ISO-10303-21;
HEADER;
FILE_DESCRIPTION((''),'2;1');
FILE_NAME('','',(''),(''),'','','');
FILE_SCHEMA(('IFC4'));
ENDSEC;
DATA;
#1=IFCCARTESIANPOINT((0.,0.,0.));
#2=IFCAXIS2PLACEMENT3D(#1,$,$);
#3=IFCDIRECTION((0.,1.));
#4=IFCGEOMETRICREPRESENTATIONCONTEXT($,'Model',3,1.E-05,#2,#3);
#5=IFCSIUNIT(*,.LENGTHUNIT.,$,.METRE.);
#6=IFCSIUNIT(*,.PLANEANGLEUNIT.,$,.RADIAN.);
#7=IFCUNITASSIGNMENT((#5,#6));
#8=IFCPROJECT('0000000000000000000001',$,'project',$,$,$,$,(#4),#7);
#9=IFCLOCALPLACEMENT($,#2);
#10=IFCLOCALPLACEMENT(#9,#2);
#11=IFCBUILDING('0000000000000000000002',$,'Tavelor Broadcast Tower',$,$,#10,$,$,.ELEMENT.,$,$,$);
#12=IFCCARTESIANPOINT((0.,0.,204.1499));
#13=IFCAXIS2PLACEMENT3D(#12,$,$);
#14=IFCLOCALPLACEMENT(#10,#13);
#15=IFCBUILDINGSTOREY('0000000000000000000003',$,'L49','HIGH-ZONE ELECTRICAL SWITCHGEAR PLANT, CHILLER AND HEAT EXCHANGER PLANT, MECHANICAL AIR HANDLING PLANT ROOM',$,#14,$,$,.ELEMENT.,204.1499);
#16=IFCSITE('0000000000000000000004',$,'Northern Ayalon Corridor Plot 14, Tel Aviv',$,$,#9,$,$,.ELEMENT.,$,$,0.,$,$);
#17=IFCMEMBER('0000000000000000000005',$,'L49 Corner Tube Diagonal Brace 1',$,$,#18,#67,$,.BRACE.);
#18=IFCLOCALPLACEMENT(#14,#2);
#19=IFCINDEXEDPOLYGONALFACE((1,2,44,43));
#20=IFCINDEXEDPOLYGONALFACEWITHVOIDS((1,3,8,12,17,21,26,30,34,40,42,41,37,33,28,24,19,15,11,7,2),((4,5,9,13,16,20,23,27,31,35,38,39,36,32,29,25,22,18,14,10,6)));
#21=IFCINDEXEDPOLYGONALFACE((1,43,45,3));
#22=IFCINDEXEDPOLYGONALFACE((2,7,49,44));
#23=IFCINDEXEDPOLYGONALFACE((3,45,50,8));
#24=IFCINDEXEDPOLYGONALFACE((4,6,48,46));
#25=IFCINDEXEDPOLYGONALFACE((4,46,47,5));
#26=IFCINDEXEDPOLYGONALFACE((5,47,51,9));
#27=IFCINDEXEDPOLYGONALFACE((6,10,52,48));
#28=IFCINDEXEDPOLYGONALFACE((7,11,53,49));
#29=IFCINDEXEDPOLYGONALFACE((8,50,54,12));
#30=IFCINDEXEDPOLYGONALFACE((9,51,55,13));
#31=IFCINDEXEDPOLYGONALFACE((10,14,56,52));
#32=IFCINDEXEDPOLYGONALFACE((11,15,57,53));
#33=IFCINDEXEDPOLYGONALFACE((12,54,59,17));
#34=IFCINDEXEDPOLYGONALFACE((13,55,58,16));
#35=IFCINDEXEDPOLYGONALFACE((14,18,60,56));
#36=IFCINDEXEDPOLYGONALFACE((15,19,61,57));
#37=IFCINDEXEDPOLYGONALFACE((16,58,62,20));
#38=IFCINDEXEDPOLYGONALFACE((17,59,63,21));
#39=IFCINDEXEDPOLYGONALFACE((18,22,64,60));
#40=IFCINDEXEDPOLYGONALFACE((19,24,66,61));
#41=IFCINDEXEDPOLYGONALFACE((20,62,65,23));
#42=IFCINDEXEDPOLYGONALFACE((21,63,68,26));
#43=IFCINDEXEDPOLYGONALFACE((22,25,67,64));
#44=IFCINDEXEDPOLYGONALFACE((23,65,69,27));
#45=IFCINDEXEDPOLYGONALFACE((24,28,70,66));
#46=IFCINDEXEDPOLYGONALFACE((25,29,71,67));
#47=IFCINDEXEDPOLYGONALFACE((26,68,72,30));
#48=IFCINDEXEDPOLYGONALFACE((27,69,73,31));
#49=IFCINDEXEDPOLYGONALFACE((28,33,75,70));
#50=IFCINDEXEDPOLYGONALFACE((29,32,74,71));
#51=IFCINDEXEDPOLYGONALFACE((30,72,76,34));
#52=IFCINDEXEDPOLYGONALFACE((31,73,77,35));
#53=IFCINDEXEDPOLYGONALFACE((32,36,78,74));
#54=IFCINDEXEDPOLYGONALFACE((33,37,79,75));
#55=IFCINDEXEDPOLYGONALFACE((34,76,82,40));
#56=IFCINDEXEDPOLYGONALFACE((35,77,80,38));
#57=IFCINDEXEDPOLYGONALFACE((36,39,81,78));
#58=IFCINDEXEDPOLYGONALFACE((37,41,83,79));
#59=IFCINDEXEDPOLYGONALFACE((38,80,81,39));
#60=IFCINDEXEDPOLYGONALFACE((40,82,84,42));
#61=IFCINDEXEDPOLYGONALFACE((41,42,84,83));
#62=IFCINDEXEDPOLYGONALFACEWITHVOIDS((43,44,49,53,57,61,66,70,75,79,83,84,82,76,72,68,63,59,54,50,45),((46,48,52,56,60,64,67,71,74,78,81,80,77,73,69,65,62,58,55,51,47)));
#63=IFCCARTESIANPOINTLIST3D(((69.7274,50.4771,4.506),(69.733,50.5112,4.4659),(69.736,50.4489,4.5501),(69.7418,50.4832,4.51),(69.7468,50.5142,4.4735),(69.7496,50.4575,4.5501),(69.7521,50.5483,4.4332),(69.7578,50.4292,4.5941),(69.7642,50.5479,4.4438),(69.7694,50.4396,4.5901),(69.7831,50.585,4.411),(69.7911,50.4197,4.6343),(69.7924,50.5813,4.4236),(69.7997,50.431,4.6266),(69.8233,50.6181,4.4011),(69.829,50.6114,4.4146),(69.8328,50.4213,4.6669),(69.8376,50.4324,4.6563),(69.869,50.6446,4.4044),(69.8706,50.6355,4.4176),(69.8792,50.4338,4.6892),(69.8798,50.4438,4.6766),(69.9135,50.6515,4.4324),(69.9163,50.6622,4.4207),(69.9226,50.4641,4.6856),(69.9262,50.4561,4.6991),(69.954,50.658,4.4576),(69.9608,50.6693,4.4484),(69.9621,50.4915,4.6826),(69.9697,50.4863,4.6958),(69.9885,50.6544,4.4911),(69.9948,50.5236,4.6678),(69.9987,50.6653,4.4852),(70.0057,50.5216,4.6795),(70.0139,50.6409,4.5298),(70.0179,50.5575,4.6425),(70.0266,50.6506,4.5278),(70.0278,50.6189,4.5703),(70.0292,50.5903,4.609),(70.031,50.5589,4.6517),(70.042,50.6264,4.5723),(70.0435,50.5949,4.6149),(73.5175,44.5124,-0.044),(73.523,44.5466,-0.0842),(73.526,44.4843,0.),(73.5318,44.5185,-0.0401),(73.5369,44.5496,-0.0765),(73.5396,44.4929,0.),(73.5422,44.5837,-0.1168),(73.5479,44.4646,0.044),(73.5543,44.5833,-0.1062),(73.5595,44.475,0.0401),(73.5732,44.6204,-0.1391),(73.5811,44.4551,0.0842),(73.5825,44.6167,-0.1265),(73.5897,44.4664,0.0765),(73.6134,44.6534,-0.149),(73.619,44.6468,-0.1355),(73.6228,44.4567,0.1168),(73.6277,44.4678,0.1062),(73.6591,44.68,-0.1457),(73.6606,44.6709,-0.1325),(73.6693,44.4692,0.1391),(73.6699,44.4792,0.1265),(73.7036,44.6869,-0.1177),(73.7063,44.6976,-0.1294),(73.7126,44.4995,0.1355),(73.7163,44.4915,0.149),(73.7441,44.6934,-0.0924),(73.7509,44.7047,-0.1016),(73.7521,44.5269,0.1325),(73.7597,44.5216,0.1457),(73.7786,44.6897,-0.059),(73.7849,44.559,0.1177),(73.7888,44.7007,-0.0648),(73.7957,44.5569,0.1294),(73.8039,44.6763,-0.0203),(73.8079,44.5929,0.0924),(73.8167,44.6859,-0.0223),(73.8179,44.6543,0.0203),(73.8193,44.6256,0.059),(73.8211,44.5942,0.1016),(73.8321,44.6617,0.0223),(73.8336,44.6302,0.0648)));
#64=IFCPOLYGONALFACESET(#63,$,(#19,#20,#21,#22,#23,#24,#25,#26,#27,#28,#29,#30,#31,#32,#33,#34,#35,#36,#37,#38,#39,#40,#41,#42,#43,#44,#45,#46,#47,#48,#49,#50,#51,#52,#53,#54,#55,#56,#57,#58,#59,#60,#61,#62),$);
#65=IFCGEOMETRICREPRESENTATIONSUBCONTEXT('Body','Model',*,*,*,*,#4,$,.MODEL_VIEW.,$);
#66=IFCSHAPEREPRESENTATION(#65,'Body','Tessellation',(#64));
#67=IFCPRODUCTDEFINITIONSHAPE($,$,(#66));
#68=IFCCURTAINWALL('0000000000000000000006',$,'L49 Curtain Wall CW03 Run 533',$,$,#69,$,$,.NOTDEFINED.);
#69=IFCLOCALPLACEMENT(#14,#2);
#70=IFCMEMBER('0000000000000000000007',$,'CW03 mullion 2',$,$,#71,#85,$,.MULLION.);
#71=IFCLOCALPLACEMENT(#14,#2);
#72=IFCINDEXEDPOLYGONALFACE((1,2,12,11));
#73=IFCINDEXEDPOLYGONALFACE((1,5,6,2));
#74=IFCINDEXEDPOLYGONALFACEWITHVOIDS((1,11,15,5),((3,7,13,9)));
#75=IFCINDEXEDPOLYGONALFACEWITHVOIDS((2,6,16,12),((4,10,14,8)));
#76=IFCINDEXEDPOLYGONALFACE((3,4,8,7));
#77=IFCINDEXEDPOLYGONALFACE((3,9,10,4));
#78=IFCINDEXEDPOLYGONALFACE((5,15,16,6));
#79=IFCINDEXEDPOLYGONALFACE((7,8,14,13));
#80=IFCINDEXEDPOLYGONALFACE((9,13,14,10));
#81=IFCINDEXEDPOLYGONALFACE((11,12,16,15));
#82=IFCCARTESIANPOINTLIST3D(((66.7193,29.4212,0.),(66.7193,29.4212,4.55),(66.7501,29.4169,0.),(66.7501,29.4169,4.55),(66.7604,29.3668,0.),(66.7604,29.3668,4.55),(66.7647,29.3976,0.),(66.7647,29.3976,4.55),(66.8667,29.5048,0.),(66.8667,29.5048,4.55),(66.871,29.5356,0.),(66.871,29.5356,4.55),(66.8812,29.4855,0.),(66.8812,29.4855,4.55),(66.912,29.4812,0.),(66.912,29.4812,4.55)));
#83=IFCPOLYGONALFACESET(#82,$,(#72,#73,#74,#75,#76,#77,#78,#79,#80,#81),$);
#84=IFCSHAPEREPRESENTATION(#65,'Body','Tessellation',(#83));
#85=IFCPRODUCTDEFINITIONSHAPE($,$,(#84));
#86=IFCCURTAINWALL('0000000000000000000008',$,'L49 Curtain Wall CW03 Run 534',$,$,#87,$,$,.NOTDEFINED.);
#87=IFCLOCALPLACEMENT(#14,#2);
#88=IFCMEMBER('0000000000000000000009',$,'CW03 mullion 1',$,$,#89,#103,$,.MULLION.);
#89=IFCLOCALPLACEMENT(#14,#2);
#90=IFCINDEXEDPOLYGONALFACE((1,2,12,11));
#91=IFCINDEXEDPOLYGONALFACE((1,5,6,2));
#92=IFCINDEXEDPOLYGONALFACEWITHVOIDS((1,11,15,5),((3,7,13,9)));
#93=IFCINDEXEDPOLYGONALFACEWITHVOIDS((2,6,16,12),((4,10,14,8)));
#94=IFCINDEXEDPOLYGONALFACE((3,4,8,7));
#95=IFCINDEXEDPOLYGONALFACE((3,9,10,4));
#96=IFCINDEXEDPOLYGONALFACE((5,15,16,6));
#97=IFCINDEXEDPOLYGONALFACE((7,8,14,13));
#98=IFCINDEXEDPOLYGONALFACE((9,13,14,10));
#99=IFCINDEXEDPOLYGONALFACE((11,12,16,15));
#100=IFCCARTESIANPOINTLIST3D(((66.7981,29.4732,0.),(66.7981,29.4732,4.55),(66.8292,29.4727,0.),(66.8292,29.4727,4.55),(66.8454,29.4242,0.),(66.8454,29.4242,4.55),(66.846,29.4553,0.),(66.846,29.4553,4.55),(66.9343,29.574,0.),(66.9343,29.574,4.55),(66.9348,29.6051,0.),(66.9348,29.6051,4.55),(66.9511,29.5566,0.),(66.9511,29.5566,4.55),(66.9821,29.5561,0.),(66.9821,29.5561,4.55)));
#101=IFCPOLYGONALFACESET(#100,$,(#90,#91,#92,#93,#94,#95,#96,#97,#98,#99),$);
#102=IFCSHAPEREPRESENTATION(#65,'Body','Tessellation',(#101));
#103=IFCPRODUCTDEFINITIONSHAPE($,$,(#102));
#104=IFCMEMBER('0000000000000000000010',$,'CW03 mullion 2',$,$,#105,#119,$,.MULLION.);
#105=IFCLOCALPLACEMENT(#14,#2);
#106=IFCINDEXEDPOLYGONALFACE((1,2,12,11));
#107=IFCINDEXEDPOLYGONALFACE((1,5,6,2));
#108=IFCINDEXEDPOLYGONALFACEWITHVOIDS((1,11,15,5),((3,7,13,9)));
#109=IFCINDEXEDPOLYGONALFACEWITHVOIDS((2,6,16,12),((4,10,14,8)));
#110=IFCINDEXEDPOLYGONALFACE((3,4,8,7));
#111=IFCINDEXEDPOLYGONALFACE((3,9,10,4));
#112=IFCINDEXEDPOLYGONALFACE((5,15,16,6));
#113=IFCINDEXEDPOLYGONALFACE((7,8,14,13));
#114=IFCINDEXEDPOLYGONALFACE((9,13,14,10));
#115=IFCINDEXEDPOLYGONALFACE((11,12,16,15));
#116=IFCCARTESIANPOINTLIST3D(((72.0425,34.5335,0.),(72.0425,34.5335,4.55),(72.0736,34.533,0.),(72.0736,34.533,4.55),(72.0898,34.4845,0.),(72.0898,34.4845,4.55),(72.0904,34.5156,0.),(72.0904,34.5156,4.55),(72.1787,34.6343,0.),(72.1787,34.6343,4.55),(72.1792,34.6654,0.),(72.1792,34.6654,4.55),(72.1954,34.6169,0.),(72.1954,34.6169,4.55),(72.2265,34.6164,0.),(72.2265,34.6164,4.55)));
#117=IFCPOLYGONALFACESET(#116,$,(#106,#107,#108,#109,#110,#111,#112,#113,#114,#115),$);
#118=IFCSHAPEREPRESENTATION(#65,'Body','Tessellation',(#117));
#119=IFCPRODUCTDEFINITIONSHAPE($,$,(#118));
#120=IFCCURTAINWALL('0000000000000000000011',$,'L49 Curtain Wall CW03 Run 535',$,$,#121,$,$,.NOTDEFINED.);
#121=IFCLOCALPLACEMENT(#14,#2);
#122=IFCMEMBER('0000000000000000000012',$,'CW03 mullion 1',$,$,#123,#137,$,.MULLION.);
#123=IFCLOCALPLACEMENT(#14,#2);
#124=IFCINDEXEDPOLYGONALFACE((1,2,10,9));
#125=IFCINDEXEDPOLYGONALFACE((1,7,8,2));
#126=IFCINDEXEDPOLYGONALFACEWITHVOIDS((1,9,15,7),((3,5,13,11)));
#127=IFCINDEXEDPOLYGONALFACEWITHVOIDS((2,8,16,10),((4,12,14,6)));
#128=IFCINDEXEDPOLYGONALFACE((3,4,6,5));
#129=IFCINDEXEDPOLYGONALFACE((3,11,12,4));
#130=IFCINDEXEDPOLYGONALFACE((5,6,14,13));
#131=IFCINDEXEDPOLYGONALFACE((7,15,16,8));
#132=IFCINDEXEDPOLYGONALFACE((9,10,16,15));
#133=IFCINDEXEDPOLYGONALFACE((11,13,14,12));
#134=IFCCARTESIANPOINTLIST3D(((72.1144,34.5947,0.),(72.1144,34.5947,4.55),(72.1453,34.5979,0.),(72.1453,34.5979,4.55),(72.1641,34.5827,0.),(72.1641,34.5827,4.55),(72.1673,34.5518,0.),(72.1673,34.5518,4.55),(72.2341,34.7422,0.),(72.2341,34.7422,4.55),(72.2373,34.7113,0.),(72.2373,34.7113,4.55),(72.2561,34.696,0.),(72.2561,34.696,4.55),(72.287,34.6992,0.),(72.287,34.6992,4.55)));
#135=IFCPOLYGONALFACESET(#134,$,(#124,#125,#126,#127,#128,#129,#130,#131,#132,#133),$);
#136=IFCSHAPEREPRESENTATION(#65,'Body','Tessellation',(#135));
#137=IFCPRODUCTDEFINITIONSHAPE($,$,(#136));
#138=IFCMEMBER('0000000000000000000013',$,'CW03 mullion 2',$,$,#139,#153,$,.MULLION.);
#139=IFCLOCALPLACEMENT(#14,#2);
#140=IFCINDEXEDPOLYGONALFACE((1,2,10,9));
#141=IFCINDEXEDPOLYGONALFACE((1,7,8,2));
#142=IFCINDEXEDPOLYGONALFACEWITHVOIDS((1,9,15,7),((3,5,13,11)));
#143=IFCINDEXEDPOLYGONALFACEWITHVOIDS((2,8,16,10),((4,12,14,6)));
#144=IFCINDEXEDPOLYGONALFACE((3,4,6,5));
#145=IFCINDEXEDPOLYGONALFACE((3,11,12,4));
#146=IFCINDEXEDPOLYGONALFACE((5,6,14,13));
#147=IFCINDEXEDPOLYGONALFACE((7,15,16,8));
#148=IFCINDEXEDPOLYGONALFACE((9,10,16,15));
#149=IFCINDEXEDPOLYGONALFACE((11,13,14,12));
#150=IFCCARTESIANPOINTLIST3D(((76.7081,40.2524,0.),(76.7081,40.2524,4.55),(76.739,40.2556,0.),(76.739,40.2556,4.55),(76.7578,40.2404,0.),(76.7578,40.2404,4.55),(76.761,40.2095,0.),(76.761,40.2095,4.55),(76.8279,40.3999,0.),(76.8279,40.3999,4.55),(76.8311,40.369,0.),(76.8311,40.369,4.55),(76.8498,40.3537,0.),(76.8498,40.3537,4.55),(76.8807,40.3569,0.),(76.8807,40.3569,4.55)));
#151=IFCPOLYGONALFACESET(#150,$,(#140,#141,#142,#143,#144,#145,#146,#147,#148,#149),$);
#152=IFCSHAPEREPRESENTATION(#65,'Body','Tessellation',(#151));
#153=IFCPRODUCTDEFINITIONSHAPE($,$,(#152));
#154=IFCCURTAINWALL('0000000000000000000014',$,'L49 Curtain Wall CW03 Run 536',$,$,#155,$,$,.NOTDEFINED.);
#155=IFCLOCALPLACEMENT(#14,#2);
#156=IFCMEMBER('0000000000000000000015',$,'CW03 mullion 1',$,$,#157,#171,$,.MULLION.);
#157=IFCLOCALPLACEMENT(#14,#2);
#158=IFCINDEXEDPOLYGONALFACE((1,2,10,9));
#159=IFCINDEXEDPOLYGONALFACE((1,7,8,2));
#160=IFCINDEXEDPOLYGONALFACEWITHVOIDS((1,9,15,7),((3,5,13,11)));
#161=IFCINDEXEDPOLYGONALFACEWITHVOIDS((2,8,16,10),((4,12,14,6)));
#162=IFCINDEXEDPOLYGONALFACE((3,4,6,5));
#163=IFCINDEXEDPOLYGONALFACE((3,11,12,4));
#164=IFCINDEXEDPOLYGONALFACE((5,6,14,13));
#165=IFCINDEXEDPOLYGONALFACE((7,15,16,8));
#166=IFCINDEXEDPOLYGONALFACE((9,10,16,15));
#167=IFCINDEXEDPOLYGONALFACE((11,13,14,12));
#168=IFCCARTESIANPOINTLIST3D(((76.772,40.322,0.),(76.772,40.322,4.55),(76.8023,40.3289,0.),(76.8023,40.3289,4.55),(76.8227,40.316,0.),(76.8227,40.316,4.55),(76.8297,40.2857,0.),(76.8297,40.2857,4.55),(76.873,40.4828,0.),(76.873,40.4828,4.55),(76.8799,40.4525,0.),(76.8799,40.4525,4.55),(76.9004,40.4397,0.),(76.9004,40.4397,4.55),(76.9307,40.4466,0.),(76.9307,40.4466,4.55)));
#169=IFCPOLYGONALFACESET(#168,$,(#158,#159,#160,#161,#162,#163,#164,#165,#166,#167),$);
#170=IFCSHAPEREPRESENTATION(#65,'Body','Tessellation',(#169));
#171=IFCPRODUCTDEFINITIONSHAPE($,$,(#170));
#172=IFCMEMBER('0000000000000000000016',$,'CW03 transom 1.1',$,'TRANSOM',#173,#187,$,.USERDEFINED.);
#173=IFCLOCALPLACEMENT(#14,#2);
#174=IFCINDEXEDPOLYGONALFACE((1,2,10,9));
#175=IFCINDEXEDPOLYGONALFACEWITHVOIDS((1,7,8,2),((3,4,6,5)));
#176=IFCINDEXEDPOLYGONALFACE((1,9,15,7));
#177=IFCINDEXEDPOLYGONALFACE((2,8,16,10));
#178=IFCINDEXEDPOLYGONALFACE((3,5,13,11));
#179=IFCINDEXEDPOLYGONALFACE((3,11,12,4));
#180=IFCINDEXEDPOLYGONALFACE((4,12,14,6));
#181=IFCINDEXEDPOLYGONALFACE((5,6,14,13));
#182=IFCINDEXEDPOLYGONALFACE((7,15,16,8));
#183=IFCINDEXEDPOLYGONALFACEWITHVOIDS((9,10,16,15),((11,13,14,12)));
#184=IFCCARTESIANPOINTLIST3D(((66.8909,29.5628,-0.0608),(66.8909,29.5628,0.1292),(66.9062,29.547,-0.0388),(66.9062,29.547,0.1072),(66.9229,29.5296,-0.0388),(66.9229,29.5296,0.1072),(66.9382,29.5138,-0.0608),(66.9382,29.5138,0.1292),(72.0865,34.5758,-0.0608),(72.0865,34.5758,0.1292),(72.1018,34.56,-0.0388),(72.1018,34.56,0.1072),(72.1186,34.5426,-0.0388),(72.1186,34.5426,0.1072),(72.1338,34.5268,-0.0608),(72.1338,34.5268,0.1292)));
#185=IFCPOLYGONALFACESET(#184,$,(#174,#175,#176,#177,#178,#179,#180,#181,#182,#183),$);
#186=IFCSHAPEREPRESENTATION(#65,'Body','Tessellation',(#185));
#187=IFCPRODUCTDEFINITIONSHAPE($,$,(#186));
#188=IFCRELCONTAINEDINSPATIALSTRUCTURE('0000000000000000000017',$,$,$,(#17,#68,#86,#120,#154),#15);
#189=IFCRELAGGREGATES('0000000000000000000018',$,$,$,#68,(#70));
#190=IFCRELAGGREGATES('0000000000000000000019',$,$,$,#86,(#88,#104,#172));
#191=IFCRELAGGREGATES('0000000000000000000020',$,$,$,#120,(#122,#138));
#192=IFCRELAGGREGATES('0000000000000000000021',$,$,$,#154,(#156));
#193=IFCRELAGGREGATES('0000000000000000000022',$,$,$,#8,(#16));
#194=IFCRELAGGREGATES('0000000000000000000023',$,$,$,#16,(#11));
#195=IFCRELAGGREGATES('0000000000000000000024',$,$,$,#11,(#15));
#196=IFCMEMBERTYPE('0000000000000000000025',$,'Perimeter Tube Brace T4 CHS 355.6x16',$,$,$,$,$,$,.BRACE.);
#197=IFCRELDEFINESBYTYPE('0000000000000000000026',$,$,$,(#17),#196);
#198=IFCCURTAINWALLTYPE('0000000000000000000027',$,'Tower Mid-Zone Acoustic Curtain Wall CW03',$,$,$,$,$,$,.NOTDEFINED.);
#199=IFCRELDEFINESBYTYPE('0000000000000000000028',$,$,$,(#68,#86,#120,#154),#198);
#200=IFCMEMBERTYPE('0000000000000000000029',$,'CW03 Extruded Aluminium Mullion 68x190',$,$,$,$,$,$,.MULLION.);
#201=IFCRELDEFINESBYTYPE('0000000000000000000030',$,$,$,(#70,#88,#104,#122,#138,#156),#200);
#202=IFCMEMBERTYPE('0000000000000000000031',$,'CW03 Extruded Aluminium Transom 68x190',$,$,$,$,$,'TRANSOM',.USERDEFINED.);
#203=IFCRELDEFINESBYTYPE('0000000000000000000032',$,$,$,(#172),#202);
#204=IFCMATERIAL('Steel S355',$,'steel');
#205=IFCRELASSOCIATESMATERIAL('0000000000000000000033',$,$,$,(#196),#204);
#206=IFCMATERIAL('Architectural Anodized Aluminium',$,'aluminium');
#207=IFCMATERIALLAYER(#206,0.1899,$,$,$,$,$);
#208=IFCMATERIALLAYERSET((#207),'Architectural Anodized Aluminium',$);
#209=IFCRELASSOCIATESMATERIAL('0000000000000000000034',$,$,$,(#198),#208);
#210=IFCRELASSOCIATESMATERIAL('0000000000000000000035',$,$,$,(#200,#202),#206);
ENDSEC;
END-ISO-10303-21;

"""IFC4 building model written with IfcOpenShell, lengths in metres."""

from ifc_helpers import new_model, si_unit, direction, frame, origin, origin_2d, place, context, subcontext, project, spatial, hollow_rectangle, hollow_circle, extrude, source, transform, mapped, material, layer, layer_set, material_profile, profile_set, type_object, type_shapes, element, aggregate, save


model = new_model("IFC4")

# Units and contexts
model_context = context("Model", 3, precision=1e-05, world=origin(), true_north=direction((0.0, 1.0)))
body_context = subcontext(model_context, "Body", "Model", "MODEL_VIEW")
ifc_project = project(units=[si_unit("LENGTHUNIT", "METRE"), si_unit("PLANEANGLEUNIT", "RADIAN")], contexts=[model_context])

# Site, building, storey
site_placement = place(None, origin())
site = spatial("IfcSite", under=ifc_project, at=site_placement, Name="Northern Ayalon Corridor Plot 14, Tel Aviv", CompositionType="ELEMENT", RefElevation=0.0)
building_placement = place(site_placement, origin())
building = spatial("IfcBuilding", under=site, at=building_placement, Name="Tavelor Broadcast Tower", CompositionType="ELEMENT")
storey_placement = place(building_placement, frame((0.0, 0.0, 204.1499)))
storey = spatial("IfcBuildingStorey", under=building, at=storey_placement, Name="L49", Description="HIGH-ZONE ELECTRICAL SWITCHGEAR PLANT, CHILLER AND HEAT EXCHANGER PLANT, MECHANICAL AIR HANDLING PLANT ROOM", CompositionType="ELEMENT", Elevation=204.1499)

# Shared definitions
ifc_material_1 = material(Name="Steel S355", Category="steel")

# Member
ifc_material_profile_1 = material_profile(ifc_material_1, hollow_circle(Radius=0.1777, WallThickness=0.0161, at=origin_2d()), Name="CHS 355.6x16")
ifc_profile_set_1 = profile_set([ifc_material_profile_1], Name="Steel S355")
member_type_1 = type_object("IfcMemberType", Name="Perimeter Tube Brace T4 CHS 355.6x16", PredefinedType="BRACE", material=ifc_profile_set_1)
member_1_placement = place(storey_placement, frame((73.676, 44.5796, 0.0), z_axis=(-0.450927, 0.70965, 0.541351), x_axis=(-0.844021, -0.53631, 0.0)))
element("IfcMember", 1, at=member_1_placement, inside=storey, type_object=member_type_1, Name="L49 Corner Tube Diagonal Brace 1", PredefinedType="BRACE", context=body_context, shape_type="SweptSolid", body=[
    extrude(hollow_circle(Radius=0.1777, WallThickness=0.0161, at=origin_2d()), origin(), (0.0, 0.0, 1.0), 8.405),
])

# Curtain wall, member
ifc_material_2 = material(Name="Architectural Anodized Aluminium", Category="aluminium")
ifc_layer_1 = layer(ifc_material_2, 0.1899)
ifc_layer_set_1 = layer_set([ifc_layer_1], Name="Architectural Anodized Aluminium")
curtain_wall_type = type_object("IfcCurtainWallType", Name="Tower Mid-Zone Acoustic Curtain Wall CW03", PredefinedType="NOTDEFINED", material=ifc_layer_set_1)
curtain_wall_1_placement = place(storey_placement, origin())
curtain_wall_1 = element("IfcCurtainWall", 2, at=curtain_wall_1_placement, inside=storey, type_object=curtain_wall_type, Name="L49 Curtain Wall CW03 Run 533", PredefinedType="NOTDEFINED")
ifc_material_profile_2 = material_profile(ifc_material_2, hollow_rectangle(XDim=0.0681, YDim=0.1899, WallThickness=0.022, at=origin_2d()), Name="RHS 68x190x22")
ifc_profile_set_2 = profile_set([ifc_material_profile_2], Name="Architectural Anodized Aluminium")
member_type_2 = type_object("IfcMemberType", Name="CW03 Extruded Aluminium Mullion 68x190", PredefinedType="MULLION", material=ifc_profile_set_2)
shared_shape_1 = source(origin(), body_context, "Body", "SweptSolid", [
    extrude(hollow_rectangle(XDim=0.0681, YDim=0.1899, WallThickness=0.022, at=origin_2d()), origin(), (0.0, 0.0, 1.0), 4.55),
])
type_shapes(member_type_2, [shared_shape_1])
member_2_placement = place(storey_placement, frame((66.8157, 29.4512, 0.0), z_axis=(0.0, 0.0, 1.0), x_axis=(-0.602164, 0.798372, 0.0)))
member_2 = element("IfcMember", 3, at=member_2_placement, type_object=member_type_2, Name="CW03 mullion 2", PredefinedType="MULLION", context=body_context, shape_type="MappedRepresentation", body=[
    mapped(shared_shape_1, transform((0.0, 0.0, 0.0), scale=1.0)),
])
aggregate(curtain_wall_1, [member_2])

# Curtain walls, members
curtain_wall_2_placement = place(storey_placement, origin())
curtain_wall_2 = element("IfcCurtainWall", 4, at=curtain_wall_2_placement, inside=storey, type_object=curtain_wall_type, Name="L49 Curtain Wall CW03 Run 534", PredefinedType="NOTDEFINED")
member_3_placement = place(storey_placement, frame((66.8901, 29.5146, 0.0), z_axis=(0.0, 0.0, 1.0), x_axis=(-0.694344, 0.719644, 0.0)))
member_3 = element("IfcMember", 5, at=member_3_placement, type_object=member_type_2, Name="CW03 mullion 1", PredefinedType="MULLION", context=body_context, shape_type="MappedRepresentation", body=[
    mapped(shared_shape_1, transform((0.0, 0.0, 0.0), scale=1.0)),
])
member_4_placement = place(storey_placement, frame((72.1345, 34.575, 0.0), z_axis=(0.0, 0.0, 1.0), x_axis=(-0.694344, 0.719644, 0.0)))
member_4 = element("IfcMember", 6, at=member_4_placement, type_object=member_type_2, Name="CW03 mullion 2", PredefinedType="MULLION", context=body_context, shape_type="MappedRepresentation", body=[
    mapped(shared_shape_1, transform((0.0, 0.0, 0.0), scale=1.0)),
])
curtain_wall_3_placement = place(storey_placement, origin())
curtain_wall_3 = element("IfcCurtainWall", 7, at=curtain_wall_3_placement, inside=storey, type_object=curtain_wall_type, Name="L49 Curtain Wall CW03 Run 535", PredefinedType="NOTDEFINED")
member_5_placement = place(storey_placement, frame((72.2007, 34.647, 0.0), z_axis=(0.0, 0.0, 1.0), x_axis=(-0.776326, 0.630332, 0.0)))
member_5 = element("IfcMember", 8, at=member_5_placement, type_object=member_type_2, Name="CW03 mullion 1", PredefinedType="MULLION", context=body_context, shape_type="MappedRepresentation", body=[
    mapped(shared_shape_1, transform((0.0, 0.0, 0.0), scale=1.0)),
])
member_6_placement = place(storey_placement, frame((76.7944, 40.3047, 0.0), z_axis=(0.0, 0.0, 1.0), x_axis=(-0.776326, 0.630332, 0.0)))
member_6 = element("IfcMember", 9, at=member_6_placement, type_object=member_type_2, Name="CW03 mullion 2", PredefinedType="MULLION", context=body_context, shape_type="MappedRepresentation", body=[
    mapped(shared_shape_1, transform((0.0, 0.0, 0.0), scale=1.0)),
])

# Curtain wall, member
curtain_wall_4_placement = place(storey_placement, origin())
curtain_wall_4 = element("IfcCurtainWall", 10, at=curtain_wall_4_placement, inside=storey, type_object=curtain_wall_type, Name="L49 Curtain Wall CW03 Run 536", PredefinedType="NOTDEFINED")
member_7_placement = place(storey_placement, frame((76.8513, 40.3843, 0.0), z_axis=(0.0, 0.0, 1.0), x_axis=(-0.846901, 0.53175, 0.0)))
member_7 = element("IfcMember", 11, at=member_7_placement, type_object=member_type_2, Name="CW03 mullion 1", PredefinedType="MULLION", context=body_context, shape_type="MappedRepresentation", body=[
    mapped(shared_shape_1, transform((0.0, 0.0, 0.0), scale=1.0)),
])

# Member
ifc_material_profile_3 = material_profile(ifc_material_2, hollow_rectangle(XDim=0.0681, YDim=0.1899, WallThickness=0.022, at=origin_2d()), Name="RHS 68x190x22")
ifc_profile_set_3 = profile_set([ifc_material_profile_3], Name="Architectural Anodized Aluminium")
member_type_3 = type_object("IfcMemberType", Name="CW03 Extruded Aluminium Transom 68x190", ElementType="TRANSOM", PredefinedType="USERDEFINED", material=ifc_profile_set_3)
shared_shape_2 = source(origin(), body_context, "Body", "SweptSolid", [
    extrude(hollow_rectangle(XDim=0.0681, YDim=0.1899, WallThickness=0.022, at=origin_2d()), origin(), (0.0, 0.0, 1.0), 7.2197),
])
member_8_placement = place(storey_placement, frame((66.9146, 29.5383, 0.0342), z_axis=(0.719641, 0.694346, 0.0), x_axis=(-0.694346, 0.719641, 0.0)))
member_8 = element("IfcMember", 12, at=member_8_placement, type_object=member_type_3, Name="CW03 transom 1.1", ObjectType="TRANSOM", PredefinedType="USERDEFINED", context=body_context, shape_type="MappedRepresentation", body=[
    mapped(shared_shape_2, transform((0.0, 0.0, 0.0), scale=1.0)),
])

aggregate(curtain_wall_2, [member_3, member_4, member_8])
aggregate(curtain_wall_3, [member_5, member_6])
aggregate(curtain_wall_4, [member_7])

save(model, "model.ifc")
